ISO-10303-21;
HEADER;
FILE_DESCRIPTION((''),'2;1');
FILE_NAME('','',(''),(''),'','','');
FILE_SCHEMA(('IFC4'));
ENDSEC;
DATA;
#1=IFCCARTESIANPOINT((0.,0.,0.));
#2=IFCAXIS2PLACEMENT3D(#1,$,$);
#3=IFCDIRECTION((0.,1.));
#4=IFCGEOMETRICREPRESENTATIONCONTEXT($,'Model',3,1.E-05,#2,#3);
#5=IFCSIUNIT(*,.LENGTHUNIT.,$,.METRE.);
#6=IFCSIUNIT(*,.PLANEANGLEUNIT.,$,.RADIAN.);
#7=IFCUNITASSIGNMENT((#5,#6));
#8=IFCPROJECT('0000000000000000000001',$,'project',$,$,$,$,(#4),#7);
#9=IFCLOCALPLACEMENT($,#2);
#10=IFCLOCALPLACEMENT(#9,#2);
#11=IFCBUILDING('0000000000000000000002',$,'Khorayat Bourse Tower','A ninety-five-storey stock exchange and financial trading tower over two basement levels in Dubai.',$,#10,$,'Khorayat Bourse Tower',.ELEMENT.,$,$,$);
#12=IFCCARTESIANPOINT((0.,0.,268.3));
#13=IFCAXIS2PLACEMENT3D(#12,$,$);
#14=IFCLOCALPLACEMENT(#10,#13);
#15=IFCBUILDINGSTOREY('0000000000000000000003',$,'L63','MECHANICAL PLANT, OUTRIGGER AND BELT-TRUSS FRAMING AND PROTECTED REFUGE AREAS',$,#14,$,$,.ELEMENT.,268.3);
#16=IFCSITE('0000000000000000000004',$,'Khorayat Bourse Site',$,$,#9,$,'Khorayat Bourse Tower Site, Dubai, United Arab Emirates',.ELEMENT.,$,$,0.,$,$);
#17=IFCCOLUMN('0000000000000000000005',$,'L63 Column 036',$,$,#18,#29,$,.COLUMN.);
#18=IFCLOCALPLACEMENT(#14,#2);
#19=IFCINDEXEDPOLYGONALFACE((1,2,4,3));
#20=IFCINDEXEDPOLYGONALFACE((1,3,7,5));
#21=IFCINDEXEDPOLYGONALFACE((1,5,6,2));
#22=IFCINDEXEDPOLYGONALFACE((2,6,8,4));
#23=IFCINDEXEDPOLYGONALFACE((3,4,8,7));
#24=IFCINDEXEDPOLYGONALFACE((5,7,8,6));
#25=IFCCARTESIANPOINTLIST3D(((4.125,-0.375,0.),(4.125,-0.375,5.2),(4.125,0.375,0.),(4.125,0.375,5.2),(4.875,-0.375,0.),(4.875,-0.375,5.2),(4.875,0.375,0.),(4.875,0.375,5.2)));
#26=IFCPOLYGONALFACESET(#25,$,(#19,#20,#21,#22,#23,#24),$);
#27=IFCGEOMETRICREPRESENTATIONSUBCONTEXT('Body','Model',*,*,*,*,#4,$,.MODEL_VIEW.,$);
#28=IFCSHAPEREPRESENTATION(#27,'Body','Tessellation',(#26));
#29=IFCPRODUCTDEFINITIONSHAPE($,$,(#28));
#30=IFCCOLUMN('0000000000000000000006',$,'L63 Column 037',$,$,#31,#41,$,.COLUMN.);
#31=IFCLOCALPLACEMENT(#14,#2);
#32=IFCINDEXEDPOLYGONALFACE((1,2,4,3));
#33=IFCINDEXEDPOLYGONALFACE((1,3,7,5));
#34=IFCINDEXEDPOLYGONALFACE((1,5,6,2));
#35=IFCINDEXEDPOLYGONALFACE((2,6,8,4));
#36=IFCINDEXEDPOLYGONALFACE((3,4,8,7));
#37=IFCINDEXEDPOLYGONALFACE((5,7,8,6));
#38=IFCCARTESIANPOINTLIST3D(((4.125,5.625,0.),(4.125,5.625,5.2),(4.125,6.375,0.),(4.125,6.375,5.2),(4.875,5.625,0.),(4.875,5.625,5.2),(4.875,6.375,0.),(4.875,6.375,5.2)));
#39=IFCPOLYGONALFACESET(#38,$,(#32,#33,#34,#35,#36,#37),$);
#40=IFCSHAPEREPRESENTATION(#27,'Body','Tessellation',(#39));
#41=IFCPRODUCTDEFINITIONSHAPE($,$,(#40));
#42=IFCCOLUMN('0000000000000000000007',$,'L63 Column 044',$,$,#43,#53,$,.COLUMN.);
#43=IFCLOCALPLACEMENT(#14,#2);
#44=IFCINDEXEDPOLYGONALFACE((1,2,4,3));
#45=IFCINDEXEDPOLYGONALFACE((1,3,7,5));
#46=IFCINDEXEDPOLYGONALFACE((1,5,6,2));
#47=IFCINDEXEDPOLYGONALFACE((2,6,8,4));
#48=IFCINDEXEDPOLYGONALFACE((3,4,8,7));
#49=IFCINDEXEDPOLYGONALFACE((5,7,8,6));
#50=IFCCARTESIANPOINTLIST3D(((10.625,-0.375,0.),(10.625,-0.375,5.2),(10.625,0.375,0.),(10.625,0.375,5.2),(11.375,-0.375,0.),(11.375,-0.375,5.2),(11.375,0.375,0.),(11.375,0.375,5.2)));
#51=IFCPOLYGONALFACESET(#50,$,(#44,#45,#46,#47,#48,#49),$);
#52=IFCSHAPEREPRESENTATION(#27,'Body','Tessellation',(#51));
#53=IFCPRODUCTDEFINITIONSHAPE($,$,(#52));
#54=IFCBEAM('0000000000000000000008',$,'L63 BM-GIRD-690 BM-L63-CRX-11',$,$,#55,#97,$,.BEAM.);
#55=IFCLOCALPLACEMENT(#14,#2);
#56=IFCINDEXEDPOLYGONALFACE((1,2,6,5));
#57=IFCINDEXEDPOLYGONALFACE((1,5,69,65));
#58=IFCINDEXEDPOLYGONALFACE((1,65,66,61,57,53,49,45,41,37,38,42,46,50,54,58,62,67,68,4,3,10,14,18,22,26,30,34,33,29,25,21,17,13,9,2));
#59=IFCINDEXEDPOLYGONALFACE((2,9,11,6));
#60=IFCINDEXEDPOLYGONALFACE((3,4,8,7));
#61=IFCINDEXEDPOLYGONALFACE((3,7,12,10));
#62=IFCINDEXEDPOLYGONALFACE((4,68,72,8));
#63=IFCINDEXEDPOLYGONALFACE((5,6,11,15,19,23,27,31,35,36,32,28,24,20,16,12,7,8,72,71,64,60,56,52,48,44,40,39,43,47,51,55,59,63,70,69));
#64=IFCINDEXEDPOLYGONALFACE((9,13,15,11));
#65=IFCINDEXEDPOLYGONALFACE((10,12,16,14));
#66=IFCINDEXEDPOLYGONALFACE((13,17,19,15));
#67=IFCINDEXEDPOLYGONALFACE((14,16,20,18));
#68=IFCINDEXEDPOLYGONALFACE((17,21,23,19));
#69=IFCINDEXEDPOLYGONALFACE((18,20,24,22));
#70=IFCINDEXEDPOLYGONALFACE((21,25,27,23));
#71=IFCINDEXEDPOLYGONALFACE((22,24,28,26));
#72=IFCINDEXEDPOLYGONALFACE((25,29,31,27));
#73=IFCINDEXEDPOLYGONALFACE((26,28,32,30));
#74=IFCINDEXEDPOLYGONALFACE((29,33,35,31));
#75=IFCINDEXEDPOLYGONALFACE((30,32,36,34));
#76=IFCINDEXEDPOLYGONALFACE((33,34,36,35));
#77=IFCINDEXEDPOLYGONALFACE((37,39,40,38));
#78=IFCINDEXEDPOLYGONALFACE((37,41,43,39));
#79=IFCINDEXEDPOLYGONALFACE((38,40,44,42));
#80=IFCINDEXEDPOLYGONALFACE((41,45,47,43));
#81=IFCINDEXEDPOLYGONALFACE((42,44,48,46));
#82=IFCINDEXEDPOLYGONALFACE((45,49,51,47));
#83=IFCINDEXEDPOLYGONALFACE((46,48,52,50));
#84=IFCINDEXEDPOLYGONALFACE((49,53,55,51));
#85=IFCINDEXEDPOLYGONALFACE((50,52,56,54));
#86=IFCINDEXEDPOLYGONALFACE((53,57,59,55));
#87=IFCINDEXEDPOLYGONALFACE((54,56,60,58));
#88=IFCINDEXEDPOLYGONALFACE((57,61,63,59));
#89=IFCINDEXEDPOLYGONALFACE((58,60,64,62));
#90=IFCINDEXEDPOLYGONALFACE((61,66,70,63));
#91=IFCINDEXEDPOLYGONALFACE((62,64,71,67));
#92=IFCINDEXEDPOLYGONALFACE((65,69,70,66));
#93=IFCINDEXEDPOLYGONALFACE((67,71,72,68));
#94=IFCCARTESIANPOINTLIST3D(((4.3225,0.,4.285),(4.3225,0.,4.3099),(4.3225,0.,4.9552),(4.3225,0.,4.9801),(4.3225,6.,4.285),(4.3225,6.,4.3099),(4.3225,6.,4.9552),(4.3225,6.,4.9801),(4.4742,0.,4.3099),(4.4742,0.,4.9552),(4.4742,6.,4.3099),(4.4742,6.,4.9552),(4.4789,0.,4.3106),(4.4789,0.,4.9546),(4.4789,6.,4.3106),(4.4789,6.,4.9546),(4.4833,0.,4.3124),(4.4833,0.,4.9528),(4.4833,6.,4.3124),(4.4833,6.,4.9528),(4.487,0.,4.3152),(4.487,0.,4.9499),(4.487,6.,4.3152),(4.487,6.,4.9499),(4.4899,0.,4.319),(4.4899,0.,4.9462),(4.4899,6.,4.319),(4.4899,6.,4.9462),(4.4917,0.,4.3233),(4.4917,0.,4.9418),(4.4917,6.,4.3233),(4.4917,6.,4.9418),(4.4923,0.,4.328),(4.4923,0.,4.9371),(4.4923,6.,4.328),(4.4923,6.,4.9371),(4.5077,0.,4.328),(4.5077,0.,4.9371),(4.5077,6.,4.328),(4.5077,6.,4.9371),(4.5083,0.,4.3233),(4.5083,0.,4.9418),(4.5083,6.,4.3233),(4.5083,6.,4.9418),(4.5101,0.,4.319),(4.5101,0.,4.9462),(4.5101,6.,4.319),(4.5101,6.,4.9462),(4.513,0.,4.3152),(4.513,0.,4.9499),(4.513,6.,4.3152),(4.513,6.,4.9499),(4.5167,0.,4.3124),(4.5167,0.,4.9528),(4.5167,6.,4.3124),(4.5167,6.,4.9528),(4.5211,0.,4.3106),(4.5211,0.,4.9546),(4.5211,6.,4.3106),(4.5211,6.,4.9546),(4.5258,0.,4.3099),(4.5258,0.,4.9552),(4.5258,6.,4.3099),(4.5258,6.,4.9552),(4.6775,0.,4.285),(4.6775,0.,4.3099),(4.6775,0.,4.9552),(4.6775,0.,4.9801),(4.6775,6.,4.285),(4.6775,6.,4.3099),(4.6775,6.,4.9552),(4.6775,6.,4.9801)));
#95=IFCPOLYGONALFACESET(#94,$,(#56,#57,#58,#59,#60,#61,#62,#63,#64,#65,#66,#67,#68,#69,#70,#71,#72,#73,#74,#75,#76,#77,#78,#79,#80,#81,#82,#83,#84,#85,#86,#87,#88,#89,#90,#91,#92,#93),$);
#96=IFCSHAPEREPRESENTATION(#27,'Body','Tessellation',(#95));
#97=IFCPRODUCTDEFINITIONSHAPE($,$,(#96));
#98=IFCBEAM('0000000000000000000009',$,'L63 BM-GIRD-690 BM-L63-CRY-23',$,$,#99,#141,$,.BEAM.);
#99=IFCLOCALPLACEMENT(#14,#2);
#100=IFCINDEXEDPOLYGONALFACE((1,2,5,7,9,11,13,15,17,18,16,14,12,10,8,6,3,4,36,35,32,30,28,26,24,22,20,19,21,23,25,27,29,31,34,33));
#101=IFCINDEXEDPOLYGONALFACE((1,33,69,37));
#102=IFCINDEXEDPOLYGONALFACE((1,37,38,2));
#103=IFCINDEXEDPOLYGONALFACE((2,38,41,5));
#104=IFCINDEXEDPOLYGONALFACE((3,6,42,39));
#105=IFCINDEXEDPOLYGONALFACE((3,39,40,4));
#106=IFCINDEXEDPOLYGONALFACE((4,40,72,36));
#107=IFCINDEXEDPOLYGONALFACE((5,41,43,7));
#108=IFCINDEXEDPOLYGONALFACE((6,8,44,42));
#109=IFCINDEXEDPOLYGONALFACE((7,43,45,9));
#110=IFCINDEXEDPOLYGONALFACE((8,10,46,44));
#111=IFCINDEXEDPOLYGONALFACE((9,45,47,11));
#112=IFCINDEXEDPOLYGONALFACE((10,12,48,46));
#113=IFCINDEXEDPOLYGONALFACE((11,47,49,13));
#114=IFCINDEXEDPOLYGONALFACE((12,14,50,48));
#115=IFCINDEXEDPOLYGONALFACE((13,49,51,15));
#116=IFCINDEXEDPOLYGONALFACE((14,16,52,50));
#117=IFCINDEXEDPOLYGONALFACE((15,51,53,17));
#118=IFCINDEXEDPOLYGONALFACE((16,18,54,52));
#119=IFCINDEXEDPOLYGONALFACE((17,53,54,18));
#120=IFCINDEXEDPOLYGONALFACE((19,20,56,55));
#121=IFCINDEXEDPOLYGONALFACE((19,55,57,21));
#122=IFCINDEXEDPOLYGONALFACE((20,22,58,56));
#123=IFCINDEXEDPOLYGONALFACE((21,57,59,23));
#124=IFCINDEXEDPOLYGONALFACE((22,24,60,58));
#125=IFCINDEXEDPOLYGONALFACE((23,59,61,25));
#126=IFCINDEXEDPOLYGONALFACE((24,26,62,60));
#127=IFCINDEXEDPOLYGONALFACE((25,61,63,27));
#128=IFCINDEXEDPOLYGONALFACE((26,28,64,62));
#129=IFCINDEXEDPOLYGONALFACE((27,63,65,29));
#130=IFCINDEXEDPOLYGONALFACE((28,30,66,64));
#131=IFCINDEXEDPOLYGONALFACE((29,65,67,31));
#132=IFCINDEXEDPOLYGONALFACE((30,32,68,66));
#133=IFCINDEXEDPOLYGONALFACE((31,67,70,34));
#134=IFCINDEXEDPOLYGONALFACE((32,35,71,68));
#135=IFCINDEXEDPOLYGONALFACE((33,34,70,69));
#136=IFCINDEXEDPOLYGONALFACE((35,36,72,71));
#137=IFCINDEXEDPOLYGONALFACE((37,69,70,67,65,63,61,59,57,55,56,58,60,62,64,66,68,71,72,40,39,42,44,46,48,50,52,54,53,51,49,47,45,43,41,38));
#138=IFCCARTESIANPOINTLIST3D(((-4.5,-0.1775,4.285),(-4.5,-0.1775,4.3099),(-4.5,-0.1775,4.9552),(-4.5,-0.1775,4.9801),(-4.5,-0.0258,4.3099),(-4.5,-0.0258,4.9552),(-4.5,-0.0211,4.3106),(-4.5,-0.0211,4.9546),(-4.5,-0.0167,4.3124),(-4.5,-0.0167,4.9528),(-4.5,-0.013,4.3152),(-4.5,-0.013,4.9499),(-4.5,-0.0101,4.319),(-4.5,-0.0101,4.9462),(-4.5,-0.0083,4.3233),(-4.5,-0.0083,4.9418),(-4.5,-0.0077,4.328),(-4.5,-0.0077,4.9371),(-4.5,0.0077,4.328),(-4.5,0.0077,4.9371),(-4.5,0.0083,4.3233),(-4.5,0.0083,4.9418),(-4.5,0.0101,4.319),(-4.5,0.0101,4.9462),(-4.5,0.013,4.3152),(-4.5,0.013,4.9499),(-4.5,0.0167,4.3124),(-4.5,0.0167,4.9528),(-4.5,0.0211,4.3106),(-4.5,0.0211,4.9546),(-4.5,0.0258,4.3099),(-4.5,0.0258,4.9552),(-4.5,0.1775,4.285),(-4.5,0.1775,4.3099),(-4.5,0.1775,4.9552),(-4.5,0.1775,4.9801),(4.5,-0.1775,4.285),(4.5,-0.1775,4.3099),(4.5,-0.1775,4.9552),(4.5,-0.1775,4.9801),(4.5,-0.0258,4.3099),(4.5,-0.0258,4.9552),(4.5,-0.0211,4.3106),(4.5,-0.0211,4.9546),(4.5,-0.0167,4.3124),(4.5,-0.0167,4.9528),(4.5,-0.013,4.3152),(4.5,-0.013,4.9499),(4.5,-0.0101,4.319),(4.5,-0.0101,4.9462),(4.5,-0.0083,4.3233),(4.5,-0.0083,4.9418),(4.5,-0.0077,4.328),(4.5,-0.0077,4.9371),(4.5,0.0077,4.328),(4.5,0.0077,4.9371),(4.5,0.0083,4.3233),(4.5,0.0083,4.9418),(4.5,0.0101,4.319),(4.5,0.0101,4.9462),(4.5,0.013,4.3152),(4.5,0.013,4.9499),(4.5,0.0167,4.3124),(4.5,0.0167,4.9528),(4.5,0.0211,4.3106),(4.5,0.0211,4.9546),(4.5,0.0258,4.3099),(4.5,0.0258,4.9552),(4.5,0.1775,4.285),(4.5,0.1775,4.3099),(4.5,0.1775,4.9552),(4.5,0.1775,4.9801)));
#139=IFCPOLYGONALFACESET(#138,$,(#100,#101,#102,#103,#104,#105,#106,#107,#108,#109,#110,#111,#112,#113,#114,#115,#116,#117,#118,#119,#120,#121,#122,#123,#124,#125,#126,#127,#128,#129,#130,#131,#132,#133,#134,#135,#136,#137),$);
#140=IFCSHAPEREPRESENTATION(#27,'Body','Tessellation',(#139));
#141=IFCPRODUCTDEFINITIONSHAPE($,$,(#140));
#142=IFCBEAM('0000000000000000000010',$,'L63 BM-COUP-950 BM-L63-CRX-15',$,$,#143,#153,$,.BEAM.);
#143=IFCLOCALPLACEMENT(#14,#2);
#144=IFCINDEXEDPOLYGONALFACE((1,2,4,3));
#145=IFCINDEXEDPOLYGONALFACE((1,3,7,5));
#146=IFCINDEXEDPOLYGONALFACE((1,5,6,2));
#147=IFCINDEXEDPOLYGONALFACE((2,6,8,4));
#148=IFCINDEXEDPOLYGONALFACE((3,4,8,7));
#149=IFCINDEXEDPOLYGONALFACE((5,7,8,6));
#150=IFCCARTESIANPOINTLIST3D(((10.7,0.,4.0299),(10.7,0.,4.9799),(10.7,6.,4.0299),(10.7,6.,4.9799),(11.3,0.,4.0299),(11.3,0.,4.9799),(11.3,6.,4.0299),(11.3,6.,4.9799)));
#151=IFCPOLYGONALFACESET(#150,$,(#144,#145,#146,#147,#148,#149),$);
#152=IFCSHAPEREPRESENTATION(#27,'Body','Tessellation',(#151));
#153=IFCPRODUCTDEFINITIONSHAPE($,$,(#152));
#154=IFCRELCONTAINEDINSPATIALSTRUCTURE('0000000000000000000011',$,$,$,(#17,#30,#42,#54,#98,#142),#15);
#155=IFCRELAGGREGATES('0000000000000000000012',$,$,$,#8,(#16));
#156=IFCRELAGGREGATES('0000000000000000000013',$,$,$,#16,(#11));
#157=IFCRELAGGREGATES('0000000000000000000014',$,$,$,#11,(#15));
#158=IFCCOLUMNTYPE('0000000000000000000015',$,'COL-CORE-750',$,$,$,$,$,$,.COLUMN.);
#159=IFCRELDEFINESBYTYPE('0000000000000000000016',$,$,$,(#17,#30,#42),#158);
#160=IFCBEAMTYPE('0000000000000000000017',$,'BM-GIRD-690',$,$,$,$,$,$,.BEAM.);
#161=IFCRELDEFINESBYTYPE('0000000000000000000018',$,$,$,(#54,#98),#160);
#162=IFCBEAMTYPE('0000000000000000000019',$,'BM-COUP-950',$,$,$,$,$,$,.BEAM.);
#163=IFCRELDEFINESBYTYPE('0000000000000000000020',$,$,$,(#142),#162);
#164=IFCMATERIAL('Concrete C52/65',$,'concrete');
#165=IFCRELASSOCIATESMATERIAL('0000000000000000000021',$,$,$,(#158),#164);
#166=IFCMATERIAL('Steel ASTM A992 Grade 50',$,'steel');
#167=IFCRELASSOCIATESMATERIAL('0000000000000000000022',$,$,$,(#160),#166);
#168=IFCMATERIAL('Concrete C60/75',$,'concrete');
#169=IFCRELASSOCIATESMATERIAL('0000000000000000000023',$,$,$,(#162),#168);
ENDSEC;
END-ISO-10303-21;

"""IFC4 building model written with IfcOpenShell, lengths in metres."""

from ifc_helpers import new_model, si_unit, direction, frame, origin, origin_2d, place, context, subcontext, project, spatial, rectangle, i_section, extrude, source, transform, mapped, material, material_profile, profile_set, type_object, element, save


model = new_model("IFC4")

# Units and contexts
model_context = context("Model", 3, precision=1e-05, world=origin(), true_north=direction((0.0, 1.0)))
body_context = subcontext(model_context, "Body", "Model", "MODEL_VIEW")
ifc_project = project(units=[si_unit("LENGTHUNIT", "METRE"), si_unit("PLANEANGLEUNIT", "RADIAN")], contexts=[model_context])

# Site, building, storey
site_placement = place(None, origin())
site = spatial("IfcSite", under=ifc_project, at=site_placement, Name="Khorayat Bourse Site", LongName="Khorayat Bourse Tower Site, Dubai, United Arab Emirates", CompositionType="ELEMENT", RefElevation=0.0)
building_placement = place(site_placement, origin())
building = spatial("IfcBuilding", under=site, at=building_placement, Name="Khorayat Bourse Tower", Description="A ninety-five-storey stock exchange and financial trading tower over two basement levels in Dubai.", LongName="Khorayat Bourse Tower", CompositionType="ELEMENT")
storey_placement = place(building_placement, frame((0.0, 0.0, 268.3)))
storey = spatial("IfcBuildingStorey", under=building, at=storey_placement, Name="L63", Description="MECHANICAL PLANT, OUTRIGGER AND BELT-TRUSS FRAMING AND PROTECTED REFUGE AREAS", CompositionType="ELEMENT", Elevation=268.3)

# Columns
ifc_material_1 = material(Name="Concrete C52/65", Category="concrete")
ifc_material_profile_1 = material_profile(ifc_material_1, rectangle(XDim=0.75, YDim=0.75, at=origin_2d()), Name="RC 750x750")
ifc_profile_set_1 = profile_set([ifc_material_profile_1], Name="Concrete C52/65")
column_type = type_object("IfcColumnType", Name="COL-CORE-750", PredefinedType="COLUMN", material=ifc_profile_set_1)
shared_shape_1 = source(origin(), body_context, "Body", "SweptSolid", [
    extrude(rectangle(XDim=0.75, YDim=0.75, at=origin_2d()), origin(), (0.0, 0.0, 1.0), 5.2),
])
for number, where, z_axis, x_axis, name in (
    (1, (4.5, 0.0, 0.0), (0.0, 0.0, 1.0), (1.0, 0.0, 0.0), "L63 Column 036"),
    (2, (4.5, 6.0, 0.0), (0.0, 0.0, 1.0), (1.0, 0.0, 0.0), "L63 Column 037"),
    (3, (11.0, 0.0, 0.0), (0.0, 0.0, 1.0), (1.0, 0.0, 0.0), "L63 Column 044"),
):
    element("IfcColumn", number, at=place(storey_placement, frame(where, z_axis=z_axis, x_axis=x_axis)), inside=storey, type_object=column_type, Name=name, PredefinedType="COLUMN", context=body_context, shape_type="MappedRepresentation", body=[
        mapped(shared_shape_1, transform((0.0, 0.0, 0.0), scale=1.0)),
    ])

# Beams
ifc_material_2 = material(Name="Steel ASTM A992 Grade 50", Category="steel")
ifc_material_profile_2 = material_profile(ifc_material_2, i_section(OverallWidth=0.355, OverallDepth=0.6951, WebThickness=0.0154, FlangeThickness=0.0249, FilletRadius=0.0181, at=origin_2d()), Name="W690X217")
ifc_profile_set_2 = profile_set([ifc_material_profile_2], Name="Steel ASTM A992 Grade 50")
beam_type_1 = type_object("IfcBeamType", Name="BM-GIRD-690", PredefinedType="BEAM", material=ifc_profile_set_2)
shared_shape_2 = source(origin(), body_context, "Body", "SweptSolid", [
    extrude(i_section(OverallWidth=0.355, OverallDepth=0.6951, WebThickness=0.0154, FlangeThickness=0.0249, FilletRadius=0.0181, at=origin_2d()), origin(), (0.0, 0.0, 1.0), 6.0),
])
beam_1_placement = place(storey_placement, frame((4.5, 0.0, 4.6326), z_axis=(0.0, 1.0, 0.0), x_axis=(-1.0, 0.0, 0.0)))
element("IfcBeam", 4, at=beam_1_placement, inside=storey, type_object=beam_type_1, Name="L63 BM-GIRD-690 BM-L63-CRX-11", PredefinedType="BEAM", context=body_context, shape_type="MappedRepresentation", body=[
    mapped(shared_shape_2, transform((0.0, 0.0, 0.0), scale=1.0)),
])
shared_shape_3 = source(origin(), body_context, "Body", "SweptSolid", [
    extrude(i_section(OverallWidth=0.355, OverallDepth=0.6951, WebThickness=0.0154, FlangeThickness=0.0249, FilletRadius=0.0181, at=origin_2d()), origin(), (0.0, 0.0, 1.0), 9.0),
])
beam_2_placement = place(storey_placement, frame((-4.5, 0.0, 4.6326), z_axis=(1.0, 0.0, 0.0), x_axis=(0.0, 1.0, 0.0)))
element("IfcBeam", 5, at=beam_2_placement, inside=storey, type_object=beam_type_1, Name="L63 BM-GIRD-690 BM-L63-CRY-23", PredefinedType="BEAM", context=body_context, shape_type="MappedRepresentation", body=[
    mapped(shared_shape_3, transform((0.0, 0.0, 0.0), scale=1.0)),
])
ifc_material_3 = material(Name="Concrete C60/75", Category="concrete")
ifc_material_profile_3 = material_profile(ifc_material_3, rectangle(XDim=0.6001, YDim=0.95, at=origin_2d()), Name="RC 600x950")
ifc_profile_set_3 = profile_set([ifc_material_profile_3], Name="Concrete C60/75")
beam_type_2 = type_object("IfcBeamType", Name="BM-COUP-950", PredefinedType="BEAM", material=ifc_profile_set_3)
shared_shape_4 = source(origin(), body_context, "Body", "SweptSolid", [
    extrude(rectangle(XDim=0.6001, YDim=0.95, at=origin_2d()), origin(), (0.0, 0.0, 1.0), 6.0),
])
beam_3_placement = place(storey_placement, frame((11.0, 0.0, 4.5049), z_axis=(0.0, 1.0, 0.0), x_axis=(-1.0, 0.0, 0.0)))
element("IfcBeam", 6, at=beam_3_placement, inside=storey, type_object=beam_type_2, Name="L63 BM-COUP-950 BM-L63-CRX-15", PredefinedType="BEAM", context=body_context, shape_type="MappedRepresentation", body=[
    mapped(shared_shape_4, transform((0.0, 0.0, 0.0), scale=1.0)),
])

save(model, "model.ifc")
